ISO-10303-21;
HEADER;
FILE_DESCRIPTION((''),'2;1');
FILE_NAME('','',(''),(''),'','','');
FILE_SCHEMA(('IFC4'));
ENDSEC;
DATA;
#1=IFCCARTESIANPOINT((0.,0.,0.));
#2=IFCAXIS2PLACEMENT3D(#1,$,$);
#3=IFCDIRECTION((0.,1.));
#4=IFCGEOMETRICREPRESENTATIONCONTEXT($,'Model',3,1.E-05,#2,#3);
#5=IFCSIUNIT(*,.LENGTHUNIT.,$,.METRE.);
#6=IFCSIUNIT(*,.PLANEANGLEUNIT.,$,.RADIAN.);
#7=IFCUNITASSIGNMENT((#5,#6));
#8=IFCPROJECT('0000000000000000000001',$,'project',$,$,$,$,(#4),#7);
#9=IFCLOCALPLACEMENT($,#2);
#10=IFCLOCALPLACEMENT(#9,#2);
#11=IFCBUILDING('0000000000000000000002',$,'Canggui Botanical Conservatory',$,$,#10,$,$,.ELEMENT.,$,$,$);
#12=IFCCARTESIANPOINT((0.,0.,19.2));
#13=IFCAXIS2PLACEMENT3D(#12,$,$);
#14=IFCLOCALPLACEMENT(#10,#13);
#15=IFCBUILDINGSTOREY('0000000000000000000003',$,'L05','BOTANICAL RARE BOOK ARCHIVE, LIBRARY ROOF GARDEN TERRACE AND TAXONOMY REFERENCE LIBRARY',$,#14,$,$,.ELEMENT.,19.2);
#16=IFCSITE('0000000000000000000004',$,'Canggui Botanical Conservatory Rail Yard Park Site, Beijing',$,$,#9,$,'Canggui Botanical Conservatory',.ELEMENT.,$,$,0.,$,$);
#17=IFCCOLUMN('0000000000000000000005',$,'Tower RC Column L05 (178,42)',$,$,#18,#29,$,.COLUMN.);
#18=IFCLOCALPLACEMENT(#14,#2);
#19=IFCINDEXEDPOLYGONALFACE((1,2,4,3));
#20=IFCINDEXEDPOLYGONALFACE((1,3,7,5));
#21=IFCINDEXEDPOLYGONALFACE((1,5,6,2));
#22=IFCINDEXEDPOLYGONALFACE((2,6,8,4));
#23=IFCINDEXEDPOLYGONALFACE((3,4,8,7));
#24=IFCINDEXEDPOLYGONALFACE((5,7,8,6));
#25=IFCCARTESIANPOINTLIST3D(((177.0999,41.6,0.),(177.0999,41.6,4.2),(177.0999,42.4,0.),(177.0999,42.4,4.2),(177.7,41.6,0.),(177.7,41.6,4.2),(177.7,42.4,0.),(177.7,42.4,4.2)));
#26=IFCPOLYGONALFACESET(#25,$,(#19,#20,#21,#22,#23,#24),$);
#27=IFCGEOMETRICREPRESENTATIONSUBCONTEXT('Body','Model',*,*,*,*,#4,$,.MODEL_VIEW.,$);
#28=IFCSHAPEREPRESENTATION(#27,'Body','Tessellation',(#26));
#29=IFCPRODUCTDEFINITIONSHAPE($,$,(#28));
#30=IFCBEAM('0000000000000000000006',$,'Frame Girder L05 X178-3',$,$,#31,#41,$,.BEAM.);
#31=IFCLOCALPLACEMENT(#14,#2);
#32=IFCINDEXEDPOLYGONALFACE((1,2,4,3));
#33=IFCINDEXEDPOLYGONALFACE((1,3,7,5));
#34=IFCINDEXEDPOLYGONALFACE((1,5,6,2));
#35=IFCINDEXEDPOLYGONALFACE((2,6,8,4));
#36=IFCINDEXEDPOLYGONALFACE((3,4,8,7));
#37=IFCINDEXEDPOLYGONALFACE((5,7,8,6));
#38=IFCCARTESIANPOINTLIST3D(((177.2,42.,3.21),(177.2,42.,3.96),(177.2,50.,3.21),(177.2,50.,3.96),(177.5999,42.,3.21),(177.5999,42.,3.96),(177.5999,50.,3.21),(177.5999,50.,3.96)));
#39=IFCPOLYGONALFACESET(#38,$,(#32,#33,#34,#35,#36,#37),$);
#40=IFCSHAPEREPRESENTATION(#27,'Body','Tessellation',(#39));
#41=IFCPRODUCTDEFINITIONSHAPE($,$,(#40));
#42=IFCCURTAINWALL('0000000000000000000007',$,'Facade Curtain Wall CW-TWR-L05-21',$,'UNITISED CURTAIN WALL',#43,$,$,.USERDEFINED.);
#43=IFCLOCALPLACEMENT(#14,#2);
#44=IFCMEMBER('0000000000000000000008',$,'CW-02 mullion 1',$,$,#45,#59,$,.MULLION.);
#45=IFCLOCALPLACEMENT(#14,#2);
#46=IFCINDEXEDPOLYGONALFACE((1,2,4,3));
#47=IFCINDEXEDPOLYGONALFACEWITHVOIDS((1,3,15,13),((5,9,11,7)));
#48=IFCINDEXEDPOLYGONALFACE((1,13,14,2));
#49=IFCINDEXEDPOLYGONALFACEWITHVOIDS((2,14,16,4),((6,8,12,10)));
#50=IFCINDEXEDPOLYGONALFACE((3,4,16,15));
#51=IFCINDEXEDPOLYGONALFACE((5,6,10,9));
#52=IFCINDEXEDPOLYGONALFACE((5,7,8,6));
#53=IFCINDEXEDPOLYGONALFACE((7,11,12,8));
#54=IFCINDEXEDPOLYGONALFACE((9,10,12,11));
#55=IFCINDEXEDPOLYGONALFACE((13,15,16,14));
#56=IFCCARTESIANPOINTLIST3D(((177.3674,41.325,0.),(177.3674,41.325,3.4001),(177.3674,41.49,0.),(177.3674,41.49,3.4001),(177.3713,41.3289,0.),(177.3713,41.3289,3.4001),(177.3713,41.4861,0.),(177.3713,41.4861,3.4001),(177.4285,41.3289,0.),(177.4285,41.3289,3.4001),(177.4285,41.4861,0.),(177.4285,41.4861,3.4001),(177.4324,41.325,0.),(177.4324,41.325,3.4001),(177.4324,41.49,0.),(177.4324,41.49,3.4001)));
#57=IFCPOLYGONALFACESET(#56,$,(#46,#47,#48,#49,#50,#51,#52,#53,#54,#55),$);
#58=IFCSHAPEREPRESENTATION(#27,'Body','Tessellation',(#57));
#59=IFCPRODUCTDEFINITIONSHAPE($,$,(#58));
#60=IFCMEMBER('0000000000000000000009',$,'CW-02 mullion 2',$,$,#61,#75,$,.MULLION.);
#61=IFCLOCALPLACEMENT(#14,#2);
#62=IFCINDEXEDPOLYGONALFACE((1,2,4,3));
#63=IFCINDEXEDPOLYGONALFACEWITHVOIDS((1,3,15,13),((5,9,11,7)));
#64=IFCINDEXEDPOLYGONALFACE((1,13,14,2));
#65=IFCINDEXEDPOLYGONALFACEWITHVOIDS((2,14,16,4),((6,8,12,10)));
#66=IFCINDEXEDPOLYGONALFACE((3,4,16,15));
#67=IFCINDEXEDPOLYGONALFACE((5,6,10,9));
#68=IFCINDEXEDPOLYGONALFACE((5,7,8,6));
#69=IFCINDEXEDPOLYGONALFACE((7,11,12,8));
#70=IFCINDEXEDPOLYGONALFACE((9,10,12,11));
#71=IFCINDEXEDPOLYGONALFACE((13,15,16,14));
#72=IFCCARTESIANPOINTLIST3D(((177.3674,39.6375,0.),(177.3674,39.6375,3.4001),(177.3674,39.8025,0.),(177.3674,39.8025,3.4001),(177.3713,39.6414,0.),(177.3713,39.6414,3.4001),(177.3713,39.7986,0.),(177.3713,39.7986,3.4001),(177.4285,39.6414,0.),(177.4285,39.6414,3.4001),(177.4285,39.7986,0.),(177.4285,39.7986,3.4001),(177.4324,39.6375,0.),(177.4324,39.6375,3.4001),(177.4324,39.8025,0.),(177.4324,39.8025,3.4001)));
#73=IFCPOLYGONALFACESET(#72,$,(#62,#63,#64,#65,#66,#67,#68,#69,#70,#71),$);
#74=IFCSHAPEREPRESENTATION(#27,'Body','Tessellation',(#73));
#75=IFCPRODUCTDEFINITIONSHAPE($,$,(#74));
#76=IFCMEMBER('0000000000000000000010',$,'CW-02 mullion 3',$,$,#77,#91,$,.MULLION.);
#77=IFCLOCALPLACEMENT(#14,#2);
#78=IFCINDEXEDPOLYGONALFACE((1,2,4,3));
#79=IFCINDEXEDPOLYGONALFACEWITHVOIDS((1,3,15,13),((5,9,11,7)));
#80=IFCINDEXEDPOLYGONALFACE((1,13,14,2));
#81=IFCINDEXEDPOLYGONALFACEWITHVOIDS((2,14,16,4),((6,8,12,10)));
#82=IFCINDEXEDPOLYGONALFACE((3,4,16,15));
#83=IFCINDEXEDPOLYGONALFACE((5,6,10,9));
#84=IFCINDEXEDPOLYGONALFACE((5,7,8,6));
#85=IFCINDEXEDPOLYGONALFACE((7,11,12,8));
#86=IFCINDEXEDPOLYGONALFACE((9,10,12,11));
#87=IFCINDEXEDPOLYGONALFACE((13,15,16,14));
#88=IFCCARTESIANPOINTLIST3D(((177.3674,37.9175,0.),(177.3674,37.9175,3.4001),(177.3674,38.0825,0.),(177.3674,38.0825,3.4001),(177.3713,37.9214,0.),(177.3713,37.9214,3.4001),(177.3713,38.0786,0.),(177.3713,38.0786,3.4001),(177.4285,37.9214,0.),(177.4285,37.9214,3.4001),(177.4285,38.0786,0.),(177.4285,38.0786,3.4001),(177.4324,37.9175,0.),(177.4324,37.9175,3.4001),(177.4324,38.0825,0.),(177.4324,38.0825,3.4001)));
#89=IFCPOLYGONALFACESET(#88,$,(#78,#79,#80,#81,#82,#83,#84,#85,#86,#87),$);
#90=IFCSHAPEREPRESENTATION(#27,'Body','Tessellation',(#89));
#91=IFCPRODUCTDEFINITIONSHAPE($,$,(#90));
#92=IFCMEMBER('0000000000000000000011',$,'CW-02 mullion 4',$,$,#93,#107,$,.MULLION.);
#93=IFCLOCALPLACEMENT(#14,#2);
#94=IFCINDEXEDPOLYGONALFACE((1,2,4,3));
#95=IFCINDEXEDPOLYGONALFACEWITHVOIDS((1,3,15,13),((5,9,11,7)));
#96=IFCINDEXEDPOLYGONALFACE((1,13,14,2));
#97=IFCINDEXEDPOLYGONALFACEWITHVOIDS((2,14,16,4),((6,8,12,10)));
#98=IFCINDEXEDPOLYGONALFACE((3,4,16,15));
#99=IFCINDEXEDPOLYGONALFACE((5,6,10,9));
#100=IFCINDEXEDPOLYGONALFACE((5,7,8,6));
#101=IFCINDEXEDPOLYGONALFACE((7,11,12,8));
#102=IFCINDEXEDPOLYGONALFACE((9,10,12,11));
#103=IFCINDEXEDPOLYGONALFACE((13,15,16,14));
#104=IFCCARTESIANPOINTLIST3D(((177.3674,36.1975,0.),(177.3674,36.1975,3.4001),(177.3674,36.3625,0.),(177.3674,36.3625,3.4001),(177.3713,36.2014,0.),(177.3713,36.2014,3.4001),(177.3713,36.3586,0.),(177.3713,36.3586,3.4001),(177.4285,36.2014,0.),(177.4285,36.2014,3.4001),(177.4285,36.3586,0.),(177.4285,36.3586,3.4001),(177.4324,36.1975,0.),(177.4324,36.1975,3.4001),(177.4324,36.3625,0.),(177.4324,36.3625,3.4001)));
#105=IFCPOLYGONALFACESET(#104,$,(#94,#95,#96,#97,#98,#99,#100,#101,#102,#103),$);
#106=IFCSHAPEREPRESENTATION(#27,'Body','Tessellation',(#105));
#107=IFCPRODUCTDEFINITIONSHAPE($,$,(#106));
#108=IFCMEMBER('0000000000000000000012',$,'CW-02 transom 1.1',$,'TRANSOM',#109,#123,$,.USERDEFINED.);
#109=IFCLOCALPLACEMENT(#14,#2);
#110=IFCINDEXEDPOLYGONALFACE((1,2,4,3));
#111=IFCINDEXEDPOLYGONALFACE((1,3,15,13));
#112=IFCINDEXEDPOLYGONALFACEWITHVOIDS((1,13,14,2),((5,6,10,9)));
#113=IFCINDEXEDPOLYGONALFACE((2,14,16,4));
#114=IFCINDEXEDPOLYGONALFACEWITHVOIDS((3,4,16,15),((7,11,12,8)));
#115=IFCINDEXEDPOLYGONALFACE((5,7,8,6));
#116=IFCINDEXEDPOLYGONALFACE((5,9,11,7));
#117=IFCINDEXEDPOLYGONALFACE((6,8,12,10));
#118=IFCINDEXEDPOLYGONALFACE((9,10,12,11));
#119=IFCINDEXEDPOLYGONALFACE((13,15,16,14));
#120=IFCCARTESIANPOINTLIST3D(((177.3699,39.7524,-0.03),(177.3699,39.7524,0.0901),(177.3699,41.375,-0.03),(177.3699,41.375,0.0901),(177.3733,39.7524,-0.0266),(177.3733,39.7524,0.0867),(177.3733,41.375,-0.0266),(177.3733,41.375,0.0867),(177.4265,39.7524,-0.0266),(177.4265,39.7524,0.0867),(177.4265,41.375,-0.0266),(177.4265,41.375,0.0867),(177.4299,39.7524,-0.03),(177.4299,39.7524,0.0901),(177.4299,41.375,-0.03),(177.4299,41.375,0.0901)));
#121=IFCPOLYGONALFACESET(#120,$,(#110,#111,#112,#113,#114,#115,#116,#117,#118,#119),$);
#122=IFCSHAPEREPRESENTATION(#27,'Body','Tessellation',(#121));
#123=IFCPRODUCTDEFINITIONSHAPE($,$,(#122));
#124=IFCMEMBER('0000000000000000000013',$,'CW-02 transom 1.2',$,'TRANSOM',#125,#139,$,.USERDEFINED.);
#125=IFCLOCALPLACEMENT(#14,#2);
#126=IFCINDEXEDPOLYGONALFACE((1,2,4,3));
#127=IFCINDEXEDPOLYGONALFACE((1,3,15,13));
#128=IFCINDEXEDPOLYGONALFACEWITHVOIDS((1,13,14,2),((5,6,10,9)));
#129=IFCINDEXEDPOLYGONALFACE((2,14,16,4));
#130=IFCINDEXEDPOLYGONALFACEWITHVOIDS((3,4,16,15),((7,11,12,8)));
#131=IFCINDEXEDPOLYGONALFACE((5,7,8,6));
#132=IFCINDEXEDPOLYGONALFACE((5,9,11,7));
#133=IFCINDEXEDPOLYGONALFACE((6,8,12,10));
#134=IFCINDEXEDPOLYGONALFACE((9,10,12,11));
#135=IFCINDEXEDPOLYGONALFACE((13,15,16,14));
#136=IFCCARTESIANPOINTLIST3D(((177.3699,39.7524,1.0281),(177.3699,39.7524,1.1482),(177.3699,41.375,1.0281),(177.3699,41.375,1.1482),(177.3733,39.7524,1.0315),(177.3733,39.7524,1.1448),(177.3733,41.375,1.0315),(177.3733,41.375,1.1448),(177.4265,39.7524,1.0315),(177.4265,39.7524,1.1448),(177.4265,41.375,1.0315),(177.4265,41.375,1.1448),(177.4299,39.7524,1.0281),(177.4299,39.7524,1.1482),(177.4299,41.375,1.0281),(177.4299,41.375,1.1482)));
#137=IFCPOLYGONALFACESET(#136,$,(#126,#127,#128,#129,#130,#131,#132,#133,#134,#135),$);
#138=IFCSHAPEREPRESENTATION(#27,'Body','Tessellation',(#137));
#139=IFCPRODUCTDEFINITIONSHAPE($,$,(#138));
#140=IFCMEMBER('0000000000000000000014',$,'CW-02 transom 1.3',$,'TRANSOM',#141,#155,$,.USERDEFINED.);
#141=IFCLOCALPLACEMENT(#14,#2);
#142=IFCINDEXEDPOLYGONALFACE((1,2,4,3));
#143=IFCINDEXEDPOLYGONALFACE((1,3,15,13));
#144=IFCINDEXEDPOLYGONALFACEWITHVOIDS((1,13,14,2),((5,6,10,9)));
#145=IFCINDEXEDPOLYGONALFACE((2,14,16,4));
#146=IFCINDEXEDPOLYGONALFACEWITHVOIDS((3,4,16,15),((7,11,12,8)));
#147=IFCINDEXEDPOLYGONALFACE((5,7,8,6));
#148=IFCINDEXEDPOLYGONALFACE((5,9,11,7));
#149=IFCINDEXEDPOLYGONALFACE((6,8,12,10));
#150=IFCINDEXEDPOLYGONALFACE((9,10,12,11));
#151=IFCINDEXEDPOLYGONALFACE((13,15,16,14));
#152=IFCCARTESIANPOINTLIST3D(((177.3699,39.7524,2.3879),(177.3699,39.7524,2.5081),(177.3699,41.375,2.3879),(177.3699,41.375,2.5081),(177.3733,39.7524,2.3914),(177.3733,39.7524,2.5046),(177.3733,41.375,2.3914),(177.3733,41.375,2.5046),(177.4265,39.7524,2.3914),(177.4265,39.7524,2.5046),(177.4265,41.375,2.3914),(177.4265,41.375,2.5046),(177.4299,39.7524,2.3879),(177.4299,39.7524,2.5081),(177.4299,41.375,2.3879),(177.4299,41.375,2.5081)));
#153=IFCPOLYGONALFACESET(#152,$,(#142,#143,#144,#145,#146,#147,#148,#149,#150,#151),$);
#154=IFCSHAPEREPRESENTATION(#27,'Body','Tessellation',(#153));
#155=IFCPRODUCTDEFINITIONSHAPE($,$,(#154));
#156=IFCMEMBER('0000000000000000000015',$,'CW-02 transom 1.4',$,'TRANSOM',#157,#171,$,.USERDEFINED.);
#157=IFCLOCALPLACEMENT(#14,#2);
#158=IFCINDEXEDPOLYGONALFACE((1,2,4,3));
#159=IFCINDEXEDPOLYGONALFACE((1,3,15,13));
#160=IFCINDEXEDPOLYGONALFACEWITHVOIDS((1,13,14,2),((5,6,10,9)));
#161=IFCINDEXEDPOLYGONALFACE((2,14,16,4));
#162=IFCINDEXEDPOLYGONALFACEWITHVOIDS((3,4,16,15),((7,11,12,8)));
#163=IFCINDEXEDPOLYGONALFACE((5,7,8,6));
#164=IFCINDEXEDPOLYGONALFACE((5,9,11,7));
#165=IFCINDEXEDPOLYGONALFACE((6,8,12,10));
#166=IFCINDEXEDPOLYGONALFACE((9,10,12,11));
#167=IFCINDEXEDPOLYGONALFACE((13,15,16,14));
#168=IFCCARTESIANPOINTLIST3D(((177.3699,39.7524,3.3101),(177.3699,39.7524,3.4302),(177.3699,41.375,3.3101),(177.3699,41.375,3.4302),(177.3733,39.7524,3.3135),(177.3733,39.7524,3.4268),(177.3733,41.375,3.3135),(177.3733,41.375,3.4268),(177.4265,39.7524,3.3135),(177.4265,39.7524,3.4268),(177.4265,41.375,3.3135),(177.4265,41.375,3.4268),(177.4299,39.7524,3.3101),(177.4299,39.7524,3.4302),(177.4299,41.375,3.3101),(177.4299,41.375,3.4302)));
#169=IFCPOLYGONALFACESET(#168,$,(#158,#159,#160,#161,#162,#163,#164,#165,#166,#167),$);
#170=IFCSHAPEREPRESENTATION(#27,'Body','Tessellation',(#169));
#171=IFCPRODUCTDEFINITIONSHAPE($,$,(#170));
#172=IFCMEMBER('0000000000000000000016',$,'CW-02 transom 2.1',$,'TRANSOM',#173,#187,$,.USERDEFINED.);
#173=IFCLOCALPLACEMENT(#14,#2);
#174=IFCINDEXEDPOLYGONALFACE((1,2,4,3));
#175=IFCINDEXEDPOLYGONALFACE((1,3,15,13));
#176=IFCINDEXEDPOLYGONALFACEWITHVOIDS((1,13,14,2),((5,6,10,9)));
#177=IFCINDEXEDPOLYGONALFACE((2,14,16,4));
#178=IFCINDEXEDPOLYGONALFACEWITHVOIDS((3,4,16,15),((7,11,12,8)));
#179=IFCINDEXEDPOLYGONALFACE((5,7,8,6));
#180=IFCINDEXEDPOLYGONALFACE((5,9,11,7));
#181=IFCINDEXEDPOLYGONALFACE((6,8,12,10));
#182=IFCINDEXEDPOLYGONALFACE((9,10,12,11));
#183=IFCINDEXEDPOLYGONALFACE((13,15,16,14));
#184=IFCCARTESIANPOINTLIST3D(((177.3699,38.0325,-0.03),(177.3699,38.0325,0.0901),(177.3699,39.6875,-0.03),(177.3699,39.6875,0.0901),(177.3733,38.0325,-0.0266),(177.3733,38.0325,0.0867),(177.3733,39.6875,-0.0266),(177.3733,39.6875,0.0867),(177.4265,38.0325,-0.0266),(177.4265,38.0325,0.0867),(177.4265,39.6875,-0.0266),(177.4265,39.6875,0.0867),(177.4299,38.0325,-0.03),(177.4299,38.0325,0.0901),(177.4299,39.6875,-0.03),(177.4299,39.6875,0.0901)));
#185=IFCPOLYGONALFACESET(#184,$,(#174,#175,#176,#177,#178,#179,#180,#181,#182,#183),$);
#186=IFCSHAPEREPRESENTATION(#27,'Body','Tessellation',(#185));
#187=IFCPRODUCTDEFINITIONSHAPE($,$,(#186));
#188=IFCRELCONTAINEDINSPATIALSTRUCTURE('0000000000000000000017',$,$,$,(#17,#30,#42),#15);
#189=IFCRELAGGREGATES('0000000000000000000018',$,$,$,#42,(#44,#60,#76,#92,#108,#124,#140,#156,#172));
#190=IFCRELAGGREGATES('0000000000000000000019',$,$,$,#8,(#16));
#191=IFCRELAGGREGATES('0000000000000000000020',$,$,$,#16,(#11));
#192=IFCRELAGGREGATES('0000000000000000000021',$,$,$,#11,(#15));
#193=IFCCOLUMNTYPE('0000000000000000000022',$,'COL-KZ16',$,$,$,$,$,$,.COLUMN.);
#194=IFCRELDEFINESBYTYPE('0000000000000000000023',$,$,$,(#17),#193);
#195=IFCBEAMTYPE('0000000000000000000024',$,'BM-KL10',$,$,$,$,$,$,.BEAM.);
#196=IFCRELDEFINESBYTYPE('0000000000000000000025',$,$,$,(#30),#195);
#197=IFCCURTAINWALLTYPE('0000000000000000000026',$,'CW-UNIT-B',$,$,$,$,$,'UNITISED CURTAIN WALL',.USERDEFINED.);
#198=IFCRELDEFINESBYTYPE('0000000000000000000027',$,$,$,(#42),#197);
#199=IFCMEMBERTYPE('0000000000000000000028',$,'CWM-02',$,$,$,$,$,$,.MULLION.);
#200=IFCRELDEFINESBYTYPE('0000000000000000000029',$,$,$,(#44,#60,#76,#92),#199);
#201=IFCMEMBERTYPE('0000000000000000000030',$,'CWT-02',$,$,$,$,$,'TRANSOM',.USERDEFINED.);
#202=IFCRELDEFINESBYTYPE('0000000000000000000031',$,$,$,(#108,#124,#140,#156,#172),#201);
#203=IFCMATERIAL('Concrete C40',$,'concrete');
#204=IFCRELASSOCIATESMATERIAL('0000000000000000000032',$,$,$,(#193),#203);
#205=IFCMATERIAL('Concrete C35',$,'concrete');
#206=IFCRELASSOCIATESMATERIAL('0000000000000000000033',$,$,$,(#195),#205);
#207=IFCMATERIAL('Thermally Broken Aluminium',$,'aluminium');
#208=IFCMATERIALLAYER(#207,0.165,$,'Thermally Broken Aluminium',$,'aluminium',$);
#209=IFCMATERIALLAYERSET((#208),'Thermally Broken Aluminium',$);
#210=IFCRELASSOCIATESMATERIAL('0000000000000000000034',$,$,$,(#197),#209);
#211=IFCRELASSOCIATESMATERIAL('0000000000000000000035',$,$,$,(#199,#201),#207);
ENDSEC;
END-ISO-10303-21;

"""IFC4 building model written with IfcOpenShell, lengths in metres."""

from ifc_helpers import new_model, si_unit, direction, frame, origin, origin_2d, place, context, subcontext, project, spatial, rectangle, hollow_rectangle, extrude, material, layer, layer_set, material_profile, profile_set, type_object, element, aggregate, save


model = new_model("IFC4")

# Units and contexts
model_context = context("Model", 3, precision=1e-05, world=origin(), true_north=direction((0.0, 1.0)))
body_context = subcontext(model_context, "Body", "Model", "MODEL_VIEW")
ifc_project = project(units=[si_unit("LENGTHUNIT", "METRE"), si_unit("PLANEANGLEUNIT", "RADIAN")], contexts=[model_context])

# Site, building, storey
site_placement = place(None, origin())
site = spatial("IfcSite", under=ifc_project, at=site_placement, Name="Canggui Botanical Conservatory Rail Yard Park Site, Beijing", LongName="Canggui Botanical Conservatory", CompositionType="ELEMENT", RefElevation=0.0)
building_placement = place(site_placement, origin())
building = spatial("IfcBuilding", under=site, at=building_placement, Name="Canggui Botanical Conservatory", CompositionType="ELEMENT")
storey_placement = place(building_placement, frame((0.0, 0.0, 19.2)))
storey = spatial("IfcBuildingStorey", under=building, at=storey_placement, Name="L05", Description="BOTANICAL RARE BOOK ARCHIVE, LIBRARY ROOF GARDEN TERRACE AND TAXONOMY REFERENCE LIBRARY", CompositionType="ELEMENT", Elevation=19.2)

# Column
ifc_material_1 = material(Name="Concrete C40", Category="concrete")
ifc_material_profile_1 = material_profile(ifc_material_1, rectangle(XDim=0.6001, YDim=0.8, at=origin_2d()), Name="RC 600x800")
ifc_profile_set_1 = profile_set([ifc_material_profile_1], Name="Concrete C40")
column_type = type_object("IfcColumnType", Name="COL-KZ16", PredefinedType="COLUMN", material=ifc_profile_set_1)
column_placement = place(storey_placement, frame((177.3999, 42.0, 0.0), z_axis=(0.0, 0.0, 1.0), x_axis=(1.0, 0.0, 0.0)))
element("IfcColumn", 1, at=column_placement, inside=storey, type_object=column_type, Name="Tower RC Column L05 (178,42)", PredefinedType="COLUMN", context=body_context, shape_type="SweptSolid", body=[
    extrude(rectangle(XDim=0.6001, YDim=0.8, at=origin_2d()), origin(), (0.0, 0.0, 1.0), 4.2),
])

# Beam
ifc_material_2 = material(Name="Concrete C35", Category="concrete")
ifc_material_profile_2 = material_profile(ifc_material_2, rectangle(XDim=0.3999, YDim=0.75, at=origin_2d()), Name="RB 400x750")
ifc_profile_set_2 = profile_set([ifc_material_profile_2], Name="Concrete C35")
beam_type = type_object("IfcBeamType", Name="BM-KL10", PredefinedType="BEAM", material=ifc_profile_set_2)
beam_placement = place(storey_placement, frame((177.3999, 42.0, 3.585), z_axis=(0.0, 1.0, 0.0), x_axis=(-1.0, 0.0, 0.0)))
element("IfcBeam", 2, at=beam_placement, inside=storey, type_object=beam_type, Name="Frame Girder L05 X178-3", PredefinedType="BEAM", context=body_context, shape_type="SweptSolid", body=[
    extrude(rectangle(XDim=0.3999, YDim=0.75, at=origin_2d()), origin(), (0.0, 0.0, 1.0), 8.0),
])

# Curtain wall, members
ifc_material_3 = material(Name="Thermally Broken Aluminium", Category="aluminium")
ifc_layer_1 = layer(ifc_material_3, 0.165, Name="Thermally Broken Aluminium", Category="aluminium")
ifc_layer_set_1 = layer_set([ifc_layer_1], Name="Thermally Broken Aluminium")
curtain_wall_type = type_object("IfcCurtainWallType", Name="CW-UNIT-B", ElementType="UNITISED CURTAIN WALL", PredefinedType="USERDEFINED", material=ifc_layer_set_1)
curtain_wall_placement = place(storey_placement, origin())
curtain_wall = element("IfcCurtainWall", 3, at=curtain_wall_placement, inside=storey, type_object=curtain_wall_type, Name="Facade Curtain Wall CW-TWR-L05-21", ObjectType="UNITISED CURTAIN WALL", PredefinedType="USERDEFINED")
ifc_material_profile_3 = material_profile(ifc_material_3, hollow_rectangle(XDim=0.0649, YDim=0.165, WallThickness=0.0039, at=origin_2d()), Name="CWM 65x165x4")
ifc_profile_set_3 = profile_set([ifc_material_profile_3], Name="Thermally Broken Aluminium")
member_type_1 = type_object("IfcMemberType", Name="CWM-02", PredefinedType="MULLION", material=ifc_profile_set_3)
member_1_placement = place(storey_placement, frame((177.3999, 41.4075, 0.0), z_axis=(0.0, 0.0, 1.0), x_axis=(1.0, 0.0, 0.0)))
member_1 = element("IfcMember", 4, at=member_1_placement, type_object=member_type_1, Name="CW-02 mullion 1", PredefinedType="MULLION", context=body_context, shape_type="SweptSolid", body=[
    extrude(hollow_rectangle(XDim=0.0649, YDim=0.165, WallThickness=0.0039, at=origin_2d()), origin(), (0.0, 0.0, 1.0), 3.4001),
])
member_2_placement = place(storey_placement, frame((177.3999, 39.72, 0.0), z_axis=(0.0, 0.0, 1.0), x_axis=(1.0, 0.0, 0.0)))
member_2 = element("IfcMember", 5, at=member_2_placement, type_object=member_type_1, Name="CW-02 mullion 2", PredefinedType="MULLION", context=body_context, shape_type="SweptSolid", body=[
    extrude(hollow_rectangle(XDim=0.0649, YDim=0.165, WallThickness=0.0039, at=origin_2d()), origin(), (0.0, 0.0, 1.0), 3.4001),
])
member_3_placement = place(storey_placement, frame((177.3999, 38.0, 0.0), z_axis=(0.0, 0.0, 1.0), x_axis=(1.0, 0.0, 0.0)))
member_3 = element("IfcMember", 6, at=member_3_placement, type_object=member_type_1, Name="CW-02 mullion 3", PredefinedType="MULLION", context=body_context, shape_type="SweptSolid", body=[
    extrude(hollow_rectangle(XDim=0.0649, YDim=0.165, WallThickness=0.0039, at=origin_2d()), origin(), (0.0, 0.0, 1.0), 3.4001),
])
member_4_placement = place(storey_placement, frame((177.3999, 36.28, 0.0), z_axis=(0.0, 0.0, 1.0), x_axis=(1.0, 0.0, 0.0)))
member_4 = element("IfcMember", 7, at=member_4_placement, type_object=member_type_1, Name="CW-02 mullion 4", PredefinedType="MULLION", context=body_context, shape_type="SweptSolid", body=[
    extrude(hollow_rectangle(XDim=0.0649, YDim=0.165, WallThickness=0.0039, at=origin_2d()), origin(), (0.0, 0.0, 1.0), 3.4001),
])
ifc_material_profile_4 = material_profile(ifc_material_3, hollow_rectangle(XDim=0.0601, YDim=0.1201, WallThickness=0.0034, at=origin_2d()), Name="CWT 60x120x3.5")
ifc_profile_set_4 = profile_set([ifc_material_profile_4], Name="Thermally Broken Aluminium")
member_type_2 = type_object("IfcMemberType", Name="CWT-02", ElementType="TRANSOM", PredefinedType="USERDEFINED", material=ifc_profile_set_4)
member_5_placement = place(storey_placement, frame((177.3999, 41.375, 0.03), z_axis=(0.0, -1.0, 0.0), x_axis=(1.0, 0.0, 0.0)))
member_5 = element("IfcMember", 8, at=member_5_placement, type_object=member_type_2, Name="CW-02 transom 1.1", ObjectType="TRANSOM", PredefinedType="USERDEFINED", context=body_context, shape_type="SweptSolid", body=[
    extrude(hollow_rectangle(XDim=0.0601, YDim=0.1201, WallThickness=0.0034, at=origin_2d()), origin(), (0.0, 0.0, 1.0), 1.6226),
])
member_6_placement = place(storey_placement, frame((177.3999, 41.375, 1.0881), z_axis=(0.0, -1.0, 0.0), x_axis=(1.0, 0.0, 0.0)))
member_6 = element("IfcMember", 9, at=member_6_placement, type_object=member_type_2, Name="CW-02 transom 1.2", ObjectType="TRANSOM", PredefinedType="USERDEFINED", context=body_context, shape_type="SweptSolid", body=[
    extrude(hollow_rectangle(XDim=0.0601, YDim=0.1201, WallThickness=0.0034, at=origin_2d()), origin(), (0.0, 0.0, 1.0), 1.6226),
])
member_7_placement = place(storey_placement, frame((177.3999, 41.375, 2.448), z_axis=(0.0, -1.0, 0.0), x_axis=(1.0, 0.0, 0.0)))
member_7 = element("IfcMember", 10, at=member_7_placement, type_object=member_type_2, Name="CW-02 transom 1.3", ObjectType="TRANSOM", PredefinedType="USERDEFINED", context=body_context, shape_type="SweptSolid", body=[
    extrude(hollow_rectangle(XDim=0.0601, YDim=0.1201, WallThickness=0.0034, at=origin_2d()), origin(), (0.0, 0.0, 1.0), 1.6226),
])
member_8_placement = place(storey_placement, frame((177.3999, 41.375, 3.3701), z_axis=(0.0, -1.0, 0.0), x_axis=(1.0, 0.0, 0.0)))
member_8 = element("IfcMember", 11, at=member_8_placement, type_object=member_type_2, Name="CW-02 transom 1.4", ObjectType="TRANSOM", PredefinedType="USERDEFINED", context=body_context, shape_type="SweptSolid", body=[
    extrude(hollow_rectangle(XDim=0.0601, YDim=0.1201, WallThickness=0.0034, at=origin_2d()), origin(), (0.0, 0.0, 1.0), 1.6226),
])
member_9_placement = place(storey_placement, frame((177.3999, 39.6875, 0.03), z_axis=(0.0, -1.0, 0.0), x_axis=(1.0, 0.0, 0.0)))
member_9 = element("IfcMember", 12, at=member_9_placement, type_object=member_type_2, Name="CW-02 transom 2.1", ObjectType="TRANSOM", PredefinedType="USERDEFINED", context=body_context, shape_type="SweptSolid", body=[
    extrude(hollow_rectangle(XDim=0.0601, YDim=0.1201, WallThickness=0.0034, at=origin_2d()), origin(), (0.0, 0.0, 1.0), 1.655),
])

aggregate(curtain_wall, [member_1, member_2, member_3, member_4, member_5, member_6, member_7, member_8, member_9])

save(model, "model.ifc")
